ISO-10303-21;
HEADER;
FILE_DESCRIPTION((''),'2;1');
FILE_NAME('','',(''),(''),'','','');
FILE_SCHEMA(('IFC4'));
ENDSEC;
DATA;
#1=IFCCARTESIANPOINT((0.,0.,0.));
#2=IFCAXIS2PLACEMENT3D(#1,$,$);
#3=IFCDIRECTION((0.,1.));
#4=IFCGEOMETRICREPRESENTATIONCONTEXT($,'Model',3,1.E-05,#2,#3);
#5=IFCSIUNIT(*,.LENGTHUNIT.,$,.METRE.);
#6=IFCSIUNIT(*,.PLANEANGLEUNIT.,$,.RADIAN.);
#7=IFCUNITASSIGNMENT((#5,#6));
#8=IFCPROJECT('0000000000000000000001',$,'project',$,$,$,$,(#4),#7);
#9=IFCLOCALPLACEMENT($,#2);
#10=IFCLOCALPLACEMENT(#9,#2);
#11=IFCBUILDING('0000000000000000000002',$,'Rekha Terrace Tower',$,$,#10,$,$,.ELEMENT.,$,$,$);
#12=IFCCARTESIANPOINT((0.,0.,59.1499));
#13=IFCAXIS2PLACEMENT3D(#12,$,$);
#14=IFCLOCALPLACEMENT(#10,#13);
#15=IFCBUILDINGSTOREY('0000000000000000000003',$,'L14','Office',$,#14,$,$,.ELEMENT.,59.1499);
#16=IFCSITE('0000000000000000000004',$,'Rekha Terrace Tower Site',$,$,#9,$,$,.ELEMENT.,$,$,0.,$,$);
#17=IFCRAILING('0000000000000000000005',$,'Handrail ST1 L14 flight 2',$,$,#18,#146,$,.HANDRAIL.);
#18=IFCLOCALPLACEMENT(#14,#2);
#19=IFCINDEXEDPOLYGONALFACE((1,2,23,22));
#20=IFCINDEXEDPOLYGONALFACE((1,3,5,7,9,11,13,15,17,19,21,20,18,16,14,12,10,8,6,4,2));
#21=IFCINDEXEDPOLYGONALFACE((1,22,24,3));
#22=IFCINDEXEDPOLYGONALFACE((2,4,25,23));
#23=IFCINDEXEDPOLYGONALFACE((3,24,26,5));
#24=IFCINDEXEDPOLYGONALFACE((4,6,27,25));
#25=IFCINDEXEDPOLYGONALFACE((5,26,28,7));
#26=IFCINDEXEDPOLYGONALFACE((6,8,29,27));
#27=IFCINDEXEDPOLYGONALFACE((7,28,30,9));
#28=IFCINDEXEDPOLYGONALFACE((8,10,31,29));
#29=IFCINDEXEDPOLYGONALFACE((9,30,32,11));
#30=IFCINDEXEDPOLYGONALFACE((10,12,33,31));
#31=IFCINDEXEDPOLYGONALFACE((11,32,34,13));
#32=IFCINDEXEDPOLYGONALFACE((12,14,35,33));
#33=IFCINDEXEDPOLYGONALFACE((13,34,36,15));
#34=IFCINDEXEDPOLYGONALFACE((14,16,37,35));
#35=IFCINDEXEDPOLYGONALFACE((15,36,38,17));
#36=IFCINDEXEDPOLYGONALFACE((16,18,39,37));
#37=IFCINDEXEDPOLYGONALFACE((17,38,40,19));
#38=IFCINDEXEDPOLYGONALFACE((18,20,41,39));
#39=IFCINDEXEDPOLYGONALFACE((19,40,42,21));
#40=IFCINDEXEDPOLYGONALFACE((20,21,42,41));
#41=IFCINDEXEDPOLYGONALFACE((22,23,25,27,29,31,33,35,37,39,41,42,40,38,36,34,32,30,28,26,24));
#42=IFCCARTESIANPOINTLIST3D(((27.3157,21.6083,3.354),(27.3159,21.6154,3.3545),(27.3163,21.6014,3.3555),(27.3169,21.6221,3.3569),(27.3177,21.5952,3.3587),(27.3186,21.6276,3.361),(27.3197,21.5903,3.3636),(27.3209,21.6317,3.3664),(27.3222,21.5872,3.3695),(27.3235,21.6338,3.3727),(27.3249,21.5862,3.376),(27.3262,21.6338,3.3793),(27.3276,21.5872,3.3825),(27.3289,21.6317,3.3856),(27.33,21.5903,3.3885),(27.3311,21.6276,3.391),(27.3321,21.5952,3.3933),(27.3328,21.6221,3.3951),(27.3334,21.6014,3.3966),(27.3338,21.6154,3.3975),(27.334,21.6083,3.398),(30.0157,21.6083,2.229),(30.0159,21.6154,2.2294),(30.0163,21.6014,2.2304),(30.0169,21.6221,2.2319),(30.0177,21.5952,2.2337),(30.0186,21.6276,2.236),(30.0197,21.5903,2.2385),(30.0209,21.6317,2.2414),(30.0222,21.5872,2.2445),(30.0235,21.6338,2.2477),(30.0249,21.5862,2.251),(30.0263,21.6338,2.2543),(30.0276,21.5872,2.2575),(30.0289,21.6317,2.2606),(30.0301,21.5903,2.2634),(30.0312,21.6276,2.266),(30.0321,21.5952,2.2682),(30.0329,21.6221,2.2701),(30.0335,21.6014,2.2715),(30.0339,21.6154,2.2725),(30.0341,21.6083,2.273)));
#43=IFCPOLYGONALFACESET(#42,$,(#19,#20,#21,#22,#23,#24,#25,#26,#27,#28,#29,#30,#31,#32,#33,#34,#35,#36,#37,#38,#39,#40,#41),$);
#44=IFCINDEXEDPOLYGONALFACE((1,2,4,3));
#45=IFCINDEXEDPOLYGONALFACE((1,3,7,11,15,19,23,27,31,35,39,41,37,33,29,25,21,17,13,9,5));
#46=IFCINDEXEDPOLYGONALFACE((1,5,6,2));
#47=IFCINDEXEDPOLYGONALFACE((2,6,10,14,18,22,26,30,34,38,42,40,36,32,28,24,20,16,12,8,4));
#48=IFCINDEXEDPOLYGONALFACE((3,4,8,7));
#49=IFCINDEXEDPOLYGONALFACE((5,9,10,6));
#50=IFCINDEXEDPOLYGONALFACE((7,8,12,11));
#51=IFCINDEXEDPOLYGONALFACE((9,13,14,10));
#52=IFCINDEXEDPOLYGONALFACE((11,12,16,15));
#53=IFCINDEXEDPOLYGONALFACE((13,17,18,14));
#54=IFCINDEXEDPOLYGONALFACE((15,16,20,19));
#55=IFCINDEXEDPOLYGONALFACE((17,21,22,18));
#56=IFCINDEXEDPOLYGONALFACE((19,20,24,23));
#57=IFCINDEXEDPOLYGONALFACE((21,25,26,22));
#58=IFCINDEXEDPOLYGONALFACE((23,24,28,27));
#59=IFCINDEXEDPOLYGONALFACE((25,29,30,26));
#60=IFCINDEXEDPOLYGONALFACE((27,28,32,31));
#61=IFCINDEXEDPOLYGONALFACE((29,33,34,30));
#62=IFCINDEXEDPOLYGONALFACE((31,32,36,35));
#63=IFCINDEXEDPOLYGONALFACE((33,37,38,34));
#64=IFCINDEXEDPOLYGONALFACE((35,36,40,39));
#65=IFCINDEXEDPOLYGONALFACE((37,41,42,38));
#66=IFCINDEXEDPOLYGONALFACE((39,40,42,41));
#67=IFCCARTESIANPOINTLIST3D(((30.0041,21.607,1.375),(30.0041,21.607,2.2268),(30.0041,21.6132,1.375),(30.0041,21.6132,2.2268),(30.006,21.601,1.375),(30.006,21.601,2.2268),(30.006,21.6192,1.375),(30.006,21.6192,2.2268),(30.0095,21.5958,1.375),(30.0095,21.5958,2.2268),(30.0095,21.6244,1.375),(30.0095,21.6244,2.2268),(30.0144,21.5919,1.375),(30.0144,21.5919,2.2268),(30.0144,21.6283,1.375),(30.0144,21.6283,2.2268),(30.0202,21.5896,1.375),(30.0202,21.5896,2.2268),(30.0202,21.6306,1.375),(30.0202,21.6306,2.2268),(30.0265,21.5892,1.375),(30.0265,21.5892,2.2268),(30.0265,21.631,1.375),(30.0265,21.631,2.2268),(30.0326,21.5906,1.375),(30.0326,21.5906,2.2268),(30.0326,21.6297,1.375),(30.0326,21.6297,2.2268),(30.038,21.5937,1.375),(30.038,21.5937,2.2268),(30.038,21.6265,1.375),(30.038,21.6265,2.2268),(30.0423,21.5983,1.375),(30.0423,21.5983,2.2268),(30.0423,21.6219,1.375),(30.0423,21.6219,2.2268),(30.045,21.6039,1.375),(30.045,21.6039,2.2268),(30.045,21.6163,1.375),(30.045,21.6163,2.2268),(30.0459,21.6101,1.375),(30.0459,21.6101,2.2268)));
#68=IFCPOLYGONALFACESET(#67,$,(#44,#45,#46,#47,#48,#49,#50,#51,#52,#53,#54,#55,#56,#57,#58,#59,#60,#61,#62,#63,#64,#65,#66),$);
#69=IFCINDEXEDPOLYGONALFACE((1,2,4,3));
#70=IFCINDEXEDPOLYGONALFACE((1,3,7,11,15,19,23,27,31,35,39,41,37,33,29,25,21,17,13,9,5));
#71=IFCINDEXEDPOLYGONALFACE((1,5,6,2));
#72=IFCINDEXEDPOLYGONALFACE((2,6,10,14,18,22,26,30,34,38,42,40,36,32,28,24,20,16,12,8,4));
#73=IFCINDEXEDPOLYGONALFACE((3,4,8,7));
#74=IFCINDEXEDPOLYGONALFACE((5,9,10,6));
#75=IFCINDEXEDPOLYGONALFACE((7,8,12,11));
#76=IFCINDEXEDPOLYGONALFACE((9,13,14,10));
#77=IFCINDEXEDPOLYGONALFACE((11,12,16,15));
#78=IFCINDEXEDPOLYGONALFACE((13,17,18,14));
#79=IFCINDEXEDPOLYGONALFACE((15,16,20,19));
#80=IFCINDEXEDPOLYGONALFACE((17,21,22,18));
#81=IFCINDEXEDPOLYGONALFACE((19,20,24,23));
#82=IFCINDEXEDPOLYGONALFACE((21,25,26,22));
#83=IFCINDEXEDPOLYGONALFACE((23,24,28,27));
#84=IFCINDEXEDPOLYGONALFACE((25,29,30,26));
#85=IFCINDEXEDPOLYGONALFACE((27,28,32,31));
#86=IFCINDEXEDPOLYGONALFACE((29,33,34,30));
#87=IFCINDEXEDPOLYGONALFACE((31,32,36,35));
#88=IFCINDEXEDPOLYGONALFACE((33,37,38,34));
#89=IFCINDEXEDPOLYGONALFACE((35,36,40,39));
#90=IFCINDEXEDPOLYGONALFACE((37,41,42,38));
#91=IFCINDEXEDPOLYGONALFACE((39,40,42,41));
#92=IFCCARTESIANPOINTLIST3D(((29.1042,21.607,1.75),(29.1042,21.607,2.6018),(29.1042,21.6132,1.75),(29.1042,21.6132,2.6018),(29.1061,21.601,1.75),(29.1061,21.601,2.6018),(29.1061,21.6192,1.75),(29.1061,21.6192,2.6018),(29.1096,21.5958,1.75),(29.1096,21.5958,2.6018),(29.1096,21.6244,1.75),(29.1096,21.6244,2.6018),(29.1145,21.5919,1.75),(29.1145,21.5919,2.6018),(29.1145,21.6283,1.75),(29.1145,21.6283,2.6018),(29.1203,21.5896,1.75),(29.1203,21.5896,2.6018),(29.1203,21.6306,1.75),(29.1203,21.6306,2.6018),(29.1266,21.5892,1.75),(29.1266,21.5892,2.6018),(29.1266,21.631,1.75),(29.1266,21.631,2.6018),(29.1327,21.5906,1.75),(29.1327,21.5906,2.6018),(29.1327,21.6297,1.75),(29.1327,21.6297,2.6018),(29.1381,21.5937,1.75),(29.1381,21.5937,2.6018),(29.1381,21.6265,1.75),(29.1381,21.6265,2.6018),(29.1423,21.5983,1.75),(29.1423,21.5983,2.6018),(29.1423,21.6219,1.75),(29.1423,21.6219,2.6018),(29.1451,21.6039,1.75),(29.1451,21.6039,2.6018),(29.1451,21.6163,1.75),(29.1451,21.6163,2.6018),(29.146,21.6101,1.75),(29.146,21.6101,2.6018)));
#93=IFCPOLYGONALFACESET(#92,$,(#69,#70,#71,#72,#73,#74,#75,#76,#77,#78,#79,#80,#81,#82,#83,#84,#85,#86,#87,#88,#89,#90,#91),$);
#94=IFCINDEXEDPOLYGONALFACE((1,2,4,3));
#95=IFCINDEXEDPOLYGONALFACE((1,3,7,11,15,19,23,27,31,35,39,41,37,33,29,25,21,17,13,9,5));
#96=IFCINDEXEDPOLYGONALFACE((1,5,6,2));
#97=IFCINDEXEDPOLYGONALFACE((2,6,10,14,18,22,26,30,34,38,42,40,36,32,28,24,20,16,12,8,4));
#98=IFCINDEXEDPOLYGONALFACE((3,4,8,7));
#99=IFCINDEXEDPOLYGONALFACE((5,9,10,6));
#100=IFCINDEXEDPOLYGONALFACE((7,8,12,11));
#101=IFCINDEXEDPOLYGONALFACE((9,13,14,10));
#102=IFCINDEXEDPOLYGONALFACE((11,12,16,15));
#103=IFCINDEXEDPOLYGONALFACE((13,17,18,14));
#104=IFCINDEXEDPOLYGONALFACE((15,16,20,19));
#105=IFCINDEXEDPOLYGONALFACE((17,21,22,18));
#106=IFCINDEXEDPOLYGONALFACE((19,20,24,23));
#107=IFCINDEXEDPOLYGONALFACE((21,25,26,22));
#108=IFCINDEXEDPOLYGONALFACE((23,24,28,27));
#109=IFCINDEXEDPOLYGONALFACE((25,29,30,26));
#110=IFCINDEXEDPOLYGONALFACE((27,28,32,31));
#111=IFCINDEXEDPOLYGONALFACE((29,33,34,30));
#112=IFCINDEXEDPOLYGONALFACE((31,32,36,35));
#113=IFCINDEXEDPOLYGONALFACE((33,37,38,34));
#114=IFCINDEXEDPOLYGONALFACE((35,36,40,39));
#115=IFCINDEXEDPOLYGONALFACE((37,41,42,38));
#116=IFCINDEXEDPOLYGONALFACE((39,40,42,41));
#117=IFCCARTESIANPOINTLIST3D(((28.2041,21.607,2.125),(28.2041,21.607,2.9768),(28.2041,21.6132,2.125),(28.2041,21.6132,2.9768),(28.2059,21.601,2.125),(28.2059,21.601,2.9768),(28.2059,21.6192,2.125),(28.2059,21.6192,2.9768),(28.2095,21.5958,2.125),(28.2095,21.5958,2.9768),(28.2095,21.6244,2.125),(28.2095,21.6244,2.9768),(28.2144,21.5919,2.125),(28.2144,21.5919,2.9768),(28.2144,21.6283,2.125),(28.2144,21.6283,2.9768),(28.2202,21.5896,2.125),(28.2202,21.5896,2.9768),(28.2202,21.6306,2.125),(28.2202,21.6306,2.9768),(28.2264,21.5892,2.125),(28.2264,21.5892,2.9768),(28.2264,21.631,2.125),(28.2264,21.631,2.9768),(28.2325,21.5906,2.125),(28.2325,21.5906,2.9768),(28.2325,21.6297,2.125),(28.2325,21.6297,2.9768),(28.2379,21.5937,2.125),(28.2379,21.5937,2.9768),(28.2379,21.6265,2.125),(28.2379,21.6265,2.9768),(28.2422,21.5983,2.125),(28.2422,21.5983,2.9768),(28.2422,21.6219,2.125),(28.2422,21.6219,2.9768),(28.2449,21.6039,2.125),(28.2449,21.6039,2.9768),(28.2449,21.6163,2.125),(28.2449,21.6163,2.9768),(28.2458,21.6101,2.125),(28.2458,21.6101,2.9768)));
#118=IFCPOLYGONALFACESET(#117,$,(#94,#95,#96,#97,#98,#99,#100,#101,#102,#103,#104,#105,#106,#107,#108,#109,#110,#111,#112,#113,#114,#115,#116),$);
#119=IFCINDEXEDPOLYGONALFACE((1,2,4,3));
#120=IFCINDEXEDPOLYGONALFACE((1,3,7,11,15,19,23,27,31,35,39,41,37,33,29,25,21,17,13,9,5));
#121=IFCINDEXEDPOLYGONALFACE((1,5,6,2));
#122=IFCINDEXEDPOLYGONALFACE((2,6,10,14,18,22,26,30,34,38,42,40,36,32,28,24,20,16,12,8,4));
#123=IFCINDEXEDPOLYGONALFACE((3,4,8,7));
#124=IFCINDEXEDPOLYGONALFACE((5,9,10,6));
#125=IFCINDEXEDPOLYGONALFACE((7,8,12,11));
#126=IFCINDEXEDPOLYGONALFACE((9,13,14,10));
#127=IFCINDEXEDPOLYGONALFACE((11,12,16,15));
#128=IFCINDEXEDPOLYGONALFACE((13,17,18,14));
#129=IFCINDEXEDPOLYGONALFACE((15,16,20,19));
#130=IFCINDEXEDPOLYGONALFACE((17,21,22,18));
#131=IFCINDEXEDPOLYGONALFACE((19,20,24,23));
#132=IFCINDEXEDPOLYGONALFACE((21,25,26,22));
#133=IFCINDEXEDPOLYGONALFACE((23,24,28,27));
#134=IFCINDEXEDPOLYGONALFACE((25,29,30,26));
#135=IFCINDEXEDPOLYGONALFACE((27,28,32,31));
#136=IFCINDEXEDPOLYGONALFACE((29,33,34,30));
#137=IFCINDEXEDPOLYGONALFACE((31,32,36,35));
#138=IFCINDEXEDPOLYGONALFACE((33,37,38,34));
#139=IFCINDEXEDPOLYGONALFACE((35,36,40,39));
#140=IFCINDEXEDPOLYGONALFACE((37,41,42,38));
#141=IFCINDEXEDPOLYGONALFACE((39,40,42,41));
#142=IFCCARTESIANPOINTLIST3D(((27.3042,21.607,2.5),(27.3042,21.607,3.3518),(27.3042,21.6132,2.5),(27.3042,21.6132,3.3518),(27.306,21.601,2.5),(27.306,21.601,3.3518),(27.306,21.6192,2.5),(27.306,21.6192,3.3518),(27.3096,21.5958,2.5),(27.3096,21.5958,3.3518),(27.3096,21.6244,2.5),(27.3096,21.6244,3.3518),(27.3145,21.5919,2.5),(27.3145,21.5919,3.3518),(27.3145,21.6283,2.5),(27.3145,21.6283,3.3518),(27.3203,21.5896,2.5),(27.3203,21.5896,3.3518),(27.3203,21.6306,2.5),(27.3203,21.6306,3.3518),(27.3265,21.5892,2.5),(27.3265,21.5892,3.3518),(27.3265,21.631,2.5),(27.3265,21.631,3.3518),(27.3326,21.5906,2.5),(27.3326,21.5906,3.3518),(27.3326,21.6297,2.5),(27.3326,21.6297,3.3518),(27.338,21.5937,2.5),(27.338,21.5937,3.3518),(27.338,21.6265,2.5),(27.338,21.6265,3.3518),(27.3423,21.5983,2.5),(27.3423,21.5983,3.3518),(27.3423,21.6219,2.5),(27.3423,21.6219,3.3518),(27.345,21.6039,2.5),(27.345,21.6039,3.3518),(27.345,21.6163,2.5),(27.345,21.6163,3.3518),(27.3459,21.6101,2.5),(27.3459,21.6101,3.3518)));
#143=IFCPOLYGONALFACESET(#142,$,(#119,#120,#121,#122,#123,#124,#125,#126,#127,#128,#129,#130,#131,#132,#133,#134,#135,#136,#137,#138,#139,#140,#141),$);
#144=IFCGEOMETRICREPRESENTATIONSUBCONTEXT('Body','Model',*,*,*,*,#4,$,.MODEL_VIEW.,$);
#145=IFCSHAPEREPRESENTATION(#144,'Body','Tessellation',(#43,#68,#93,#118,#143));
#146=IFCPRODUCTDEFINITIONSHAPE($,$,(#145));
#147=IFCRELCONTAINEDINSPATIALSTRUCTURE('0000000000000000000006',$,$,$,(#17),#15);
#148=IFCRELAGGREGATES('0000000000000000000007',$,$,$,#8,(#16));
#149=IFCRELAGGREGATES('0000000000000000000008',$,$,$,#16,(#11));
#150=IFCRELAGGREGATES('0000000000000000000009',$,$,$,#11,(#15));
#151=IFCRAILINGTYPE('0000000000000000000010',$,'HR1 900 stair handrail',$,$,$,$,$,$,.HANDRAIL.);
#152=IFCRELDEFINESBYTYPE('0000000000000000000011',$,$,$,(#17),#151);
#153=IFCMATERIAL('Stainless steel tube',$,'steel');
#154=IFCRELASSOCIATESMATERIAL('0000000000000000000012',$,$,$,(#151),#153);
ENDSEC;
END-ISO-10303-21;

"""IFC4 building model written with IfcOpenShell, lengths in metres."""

from ifc_helpers import new_model, si_unit, direction, frame, origin, origin_2d, place, context, subcontext, project, spatial, circle, extrude, material, type_object, element, save


model = new_model("IFC4")

# Units and contexts
model_context = context("Model", 3, precision=1e-05, world=origin(), true_north=direction((0.0, 1.0)))
body_context = subcontext(model_context, "Body", "Model", "MODEL_VIEW")
ifc_project = project(units=[si_unit("LENGTHUNIT", "METRE"), si_unit("PLANEANGLEUNIT", "RADIAN")], contexts=[model_context])

# Site, building, storey
site_placement = place(None, origin())
site = spatial("IfcSite", under=ifc_project, at=site_placement, Name="Rekha Terrace Tower Site", CompositionType="ELEMENT", RefElevation=0.0)
building_placement = place(site_placement, origin())
building = spatial("IfcBuilding", under=site, at=building_placement, Name="Rekha Terrace Tower", CompositionType="ELEMENT")
storey_placement = place(building_placement, frame((0.0, 0.0, 59.1499)))
storey = spatial("IfcBuildingStorey", under=building, at=storey_placement, Name="L14", Description="Office", CompositionType="ELEMENT", Elevation=59.1499)

# Railing
ifc_material_1 = material(Name="Stainless steel tube", Category="steel")
railing_type_1 = type_object("IfcRailingType", Name="HR1 900 stair handrail", PredefinedType="HANDRAIL", material=ifc_material_1)
railing_1_placement = place(storey_placement, frame((30.0249, 21.6101, 1.375)))
element("IfcRailing", 1, at=railing_1_placement, inside=storey, type_object=railing_type_1, Name="Handrail ST1 L14 flight 2", PredefinedType="HANDRAIL", context=body_context, shape_type="SweptSolid", body=[
    extrude(circle(Radius=0.0239, at=origin_2d()), frame((0.0, 0.0, 0.876), z_axis=(-0.923074, 0.0, 0.384621), x_axis=(0.0, -1.0, 0.0)), (0.0, 0.0, 1.0), 2.925),
    extrude(circle(Radius=0.021, at=origin_2d()), origin(), (0.0, 0.0, 1.0), 0.8518),
    extrude(circle(Radius=0.021, at=origin_2d()), frame((-0.8999, 0.0, 0.375)), (0.0, 0.0, 1.0), 0.8518),
    extrude(circle(Radius=0.021, at=origin_2d()), frame((-1.8, 0.0, 0.75)), (0.0, 0.0, 1.0), 0.8518),
    extrude(circle(Radius=0.021, at=origin_2d()), frame((-2.7, 0.0, 1.125)), (0.0, 0.0, 1.0), 0.8518),
])

save(model, "model.ifc")
